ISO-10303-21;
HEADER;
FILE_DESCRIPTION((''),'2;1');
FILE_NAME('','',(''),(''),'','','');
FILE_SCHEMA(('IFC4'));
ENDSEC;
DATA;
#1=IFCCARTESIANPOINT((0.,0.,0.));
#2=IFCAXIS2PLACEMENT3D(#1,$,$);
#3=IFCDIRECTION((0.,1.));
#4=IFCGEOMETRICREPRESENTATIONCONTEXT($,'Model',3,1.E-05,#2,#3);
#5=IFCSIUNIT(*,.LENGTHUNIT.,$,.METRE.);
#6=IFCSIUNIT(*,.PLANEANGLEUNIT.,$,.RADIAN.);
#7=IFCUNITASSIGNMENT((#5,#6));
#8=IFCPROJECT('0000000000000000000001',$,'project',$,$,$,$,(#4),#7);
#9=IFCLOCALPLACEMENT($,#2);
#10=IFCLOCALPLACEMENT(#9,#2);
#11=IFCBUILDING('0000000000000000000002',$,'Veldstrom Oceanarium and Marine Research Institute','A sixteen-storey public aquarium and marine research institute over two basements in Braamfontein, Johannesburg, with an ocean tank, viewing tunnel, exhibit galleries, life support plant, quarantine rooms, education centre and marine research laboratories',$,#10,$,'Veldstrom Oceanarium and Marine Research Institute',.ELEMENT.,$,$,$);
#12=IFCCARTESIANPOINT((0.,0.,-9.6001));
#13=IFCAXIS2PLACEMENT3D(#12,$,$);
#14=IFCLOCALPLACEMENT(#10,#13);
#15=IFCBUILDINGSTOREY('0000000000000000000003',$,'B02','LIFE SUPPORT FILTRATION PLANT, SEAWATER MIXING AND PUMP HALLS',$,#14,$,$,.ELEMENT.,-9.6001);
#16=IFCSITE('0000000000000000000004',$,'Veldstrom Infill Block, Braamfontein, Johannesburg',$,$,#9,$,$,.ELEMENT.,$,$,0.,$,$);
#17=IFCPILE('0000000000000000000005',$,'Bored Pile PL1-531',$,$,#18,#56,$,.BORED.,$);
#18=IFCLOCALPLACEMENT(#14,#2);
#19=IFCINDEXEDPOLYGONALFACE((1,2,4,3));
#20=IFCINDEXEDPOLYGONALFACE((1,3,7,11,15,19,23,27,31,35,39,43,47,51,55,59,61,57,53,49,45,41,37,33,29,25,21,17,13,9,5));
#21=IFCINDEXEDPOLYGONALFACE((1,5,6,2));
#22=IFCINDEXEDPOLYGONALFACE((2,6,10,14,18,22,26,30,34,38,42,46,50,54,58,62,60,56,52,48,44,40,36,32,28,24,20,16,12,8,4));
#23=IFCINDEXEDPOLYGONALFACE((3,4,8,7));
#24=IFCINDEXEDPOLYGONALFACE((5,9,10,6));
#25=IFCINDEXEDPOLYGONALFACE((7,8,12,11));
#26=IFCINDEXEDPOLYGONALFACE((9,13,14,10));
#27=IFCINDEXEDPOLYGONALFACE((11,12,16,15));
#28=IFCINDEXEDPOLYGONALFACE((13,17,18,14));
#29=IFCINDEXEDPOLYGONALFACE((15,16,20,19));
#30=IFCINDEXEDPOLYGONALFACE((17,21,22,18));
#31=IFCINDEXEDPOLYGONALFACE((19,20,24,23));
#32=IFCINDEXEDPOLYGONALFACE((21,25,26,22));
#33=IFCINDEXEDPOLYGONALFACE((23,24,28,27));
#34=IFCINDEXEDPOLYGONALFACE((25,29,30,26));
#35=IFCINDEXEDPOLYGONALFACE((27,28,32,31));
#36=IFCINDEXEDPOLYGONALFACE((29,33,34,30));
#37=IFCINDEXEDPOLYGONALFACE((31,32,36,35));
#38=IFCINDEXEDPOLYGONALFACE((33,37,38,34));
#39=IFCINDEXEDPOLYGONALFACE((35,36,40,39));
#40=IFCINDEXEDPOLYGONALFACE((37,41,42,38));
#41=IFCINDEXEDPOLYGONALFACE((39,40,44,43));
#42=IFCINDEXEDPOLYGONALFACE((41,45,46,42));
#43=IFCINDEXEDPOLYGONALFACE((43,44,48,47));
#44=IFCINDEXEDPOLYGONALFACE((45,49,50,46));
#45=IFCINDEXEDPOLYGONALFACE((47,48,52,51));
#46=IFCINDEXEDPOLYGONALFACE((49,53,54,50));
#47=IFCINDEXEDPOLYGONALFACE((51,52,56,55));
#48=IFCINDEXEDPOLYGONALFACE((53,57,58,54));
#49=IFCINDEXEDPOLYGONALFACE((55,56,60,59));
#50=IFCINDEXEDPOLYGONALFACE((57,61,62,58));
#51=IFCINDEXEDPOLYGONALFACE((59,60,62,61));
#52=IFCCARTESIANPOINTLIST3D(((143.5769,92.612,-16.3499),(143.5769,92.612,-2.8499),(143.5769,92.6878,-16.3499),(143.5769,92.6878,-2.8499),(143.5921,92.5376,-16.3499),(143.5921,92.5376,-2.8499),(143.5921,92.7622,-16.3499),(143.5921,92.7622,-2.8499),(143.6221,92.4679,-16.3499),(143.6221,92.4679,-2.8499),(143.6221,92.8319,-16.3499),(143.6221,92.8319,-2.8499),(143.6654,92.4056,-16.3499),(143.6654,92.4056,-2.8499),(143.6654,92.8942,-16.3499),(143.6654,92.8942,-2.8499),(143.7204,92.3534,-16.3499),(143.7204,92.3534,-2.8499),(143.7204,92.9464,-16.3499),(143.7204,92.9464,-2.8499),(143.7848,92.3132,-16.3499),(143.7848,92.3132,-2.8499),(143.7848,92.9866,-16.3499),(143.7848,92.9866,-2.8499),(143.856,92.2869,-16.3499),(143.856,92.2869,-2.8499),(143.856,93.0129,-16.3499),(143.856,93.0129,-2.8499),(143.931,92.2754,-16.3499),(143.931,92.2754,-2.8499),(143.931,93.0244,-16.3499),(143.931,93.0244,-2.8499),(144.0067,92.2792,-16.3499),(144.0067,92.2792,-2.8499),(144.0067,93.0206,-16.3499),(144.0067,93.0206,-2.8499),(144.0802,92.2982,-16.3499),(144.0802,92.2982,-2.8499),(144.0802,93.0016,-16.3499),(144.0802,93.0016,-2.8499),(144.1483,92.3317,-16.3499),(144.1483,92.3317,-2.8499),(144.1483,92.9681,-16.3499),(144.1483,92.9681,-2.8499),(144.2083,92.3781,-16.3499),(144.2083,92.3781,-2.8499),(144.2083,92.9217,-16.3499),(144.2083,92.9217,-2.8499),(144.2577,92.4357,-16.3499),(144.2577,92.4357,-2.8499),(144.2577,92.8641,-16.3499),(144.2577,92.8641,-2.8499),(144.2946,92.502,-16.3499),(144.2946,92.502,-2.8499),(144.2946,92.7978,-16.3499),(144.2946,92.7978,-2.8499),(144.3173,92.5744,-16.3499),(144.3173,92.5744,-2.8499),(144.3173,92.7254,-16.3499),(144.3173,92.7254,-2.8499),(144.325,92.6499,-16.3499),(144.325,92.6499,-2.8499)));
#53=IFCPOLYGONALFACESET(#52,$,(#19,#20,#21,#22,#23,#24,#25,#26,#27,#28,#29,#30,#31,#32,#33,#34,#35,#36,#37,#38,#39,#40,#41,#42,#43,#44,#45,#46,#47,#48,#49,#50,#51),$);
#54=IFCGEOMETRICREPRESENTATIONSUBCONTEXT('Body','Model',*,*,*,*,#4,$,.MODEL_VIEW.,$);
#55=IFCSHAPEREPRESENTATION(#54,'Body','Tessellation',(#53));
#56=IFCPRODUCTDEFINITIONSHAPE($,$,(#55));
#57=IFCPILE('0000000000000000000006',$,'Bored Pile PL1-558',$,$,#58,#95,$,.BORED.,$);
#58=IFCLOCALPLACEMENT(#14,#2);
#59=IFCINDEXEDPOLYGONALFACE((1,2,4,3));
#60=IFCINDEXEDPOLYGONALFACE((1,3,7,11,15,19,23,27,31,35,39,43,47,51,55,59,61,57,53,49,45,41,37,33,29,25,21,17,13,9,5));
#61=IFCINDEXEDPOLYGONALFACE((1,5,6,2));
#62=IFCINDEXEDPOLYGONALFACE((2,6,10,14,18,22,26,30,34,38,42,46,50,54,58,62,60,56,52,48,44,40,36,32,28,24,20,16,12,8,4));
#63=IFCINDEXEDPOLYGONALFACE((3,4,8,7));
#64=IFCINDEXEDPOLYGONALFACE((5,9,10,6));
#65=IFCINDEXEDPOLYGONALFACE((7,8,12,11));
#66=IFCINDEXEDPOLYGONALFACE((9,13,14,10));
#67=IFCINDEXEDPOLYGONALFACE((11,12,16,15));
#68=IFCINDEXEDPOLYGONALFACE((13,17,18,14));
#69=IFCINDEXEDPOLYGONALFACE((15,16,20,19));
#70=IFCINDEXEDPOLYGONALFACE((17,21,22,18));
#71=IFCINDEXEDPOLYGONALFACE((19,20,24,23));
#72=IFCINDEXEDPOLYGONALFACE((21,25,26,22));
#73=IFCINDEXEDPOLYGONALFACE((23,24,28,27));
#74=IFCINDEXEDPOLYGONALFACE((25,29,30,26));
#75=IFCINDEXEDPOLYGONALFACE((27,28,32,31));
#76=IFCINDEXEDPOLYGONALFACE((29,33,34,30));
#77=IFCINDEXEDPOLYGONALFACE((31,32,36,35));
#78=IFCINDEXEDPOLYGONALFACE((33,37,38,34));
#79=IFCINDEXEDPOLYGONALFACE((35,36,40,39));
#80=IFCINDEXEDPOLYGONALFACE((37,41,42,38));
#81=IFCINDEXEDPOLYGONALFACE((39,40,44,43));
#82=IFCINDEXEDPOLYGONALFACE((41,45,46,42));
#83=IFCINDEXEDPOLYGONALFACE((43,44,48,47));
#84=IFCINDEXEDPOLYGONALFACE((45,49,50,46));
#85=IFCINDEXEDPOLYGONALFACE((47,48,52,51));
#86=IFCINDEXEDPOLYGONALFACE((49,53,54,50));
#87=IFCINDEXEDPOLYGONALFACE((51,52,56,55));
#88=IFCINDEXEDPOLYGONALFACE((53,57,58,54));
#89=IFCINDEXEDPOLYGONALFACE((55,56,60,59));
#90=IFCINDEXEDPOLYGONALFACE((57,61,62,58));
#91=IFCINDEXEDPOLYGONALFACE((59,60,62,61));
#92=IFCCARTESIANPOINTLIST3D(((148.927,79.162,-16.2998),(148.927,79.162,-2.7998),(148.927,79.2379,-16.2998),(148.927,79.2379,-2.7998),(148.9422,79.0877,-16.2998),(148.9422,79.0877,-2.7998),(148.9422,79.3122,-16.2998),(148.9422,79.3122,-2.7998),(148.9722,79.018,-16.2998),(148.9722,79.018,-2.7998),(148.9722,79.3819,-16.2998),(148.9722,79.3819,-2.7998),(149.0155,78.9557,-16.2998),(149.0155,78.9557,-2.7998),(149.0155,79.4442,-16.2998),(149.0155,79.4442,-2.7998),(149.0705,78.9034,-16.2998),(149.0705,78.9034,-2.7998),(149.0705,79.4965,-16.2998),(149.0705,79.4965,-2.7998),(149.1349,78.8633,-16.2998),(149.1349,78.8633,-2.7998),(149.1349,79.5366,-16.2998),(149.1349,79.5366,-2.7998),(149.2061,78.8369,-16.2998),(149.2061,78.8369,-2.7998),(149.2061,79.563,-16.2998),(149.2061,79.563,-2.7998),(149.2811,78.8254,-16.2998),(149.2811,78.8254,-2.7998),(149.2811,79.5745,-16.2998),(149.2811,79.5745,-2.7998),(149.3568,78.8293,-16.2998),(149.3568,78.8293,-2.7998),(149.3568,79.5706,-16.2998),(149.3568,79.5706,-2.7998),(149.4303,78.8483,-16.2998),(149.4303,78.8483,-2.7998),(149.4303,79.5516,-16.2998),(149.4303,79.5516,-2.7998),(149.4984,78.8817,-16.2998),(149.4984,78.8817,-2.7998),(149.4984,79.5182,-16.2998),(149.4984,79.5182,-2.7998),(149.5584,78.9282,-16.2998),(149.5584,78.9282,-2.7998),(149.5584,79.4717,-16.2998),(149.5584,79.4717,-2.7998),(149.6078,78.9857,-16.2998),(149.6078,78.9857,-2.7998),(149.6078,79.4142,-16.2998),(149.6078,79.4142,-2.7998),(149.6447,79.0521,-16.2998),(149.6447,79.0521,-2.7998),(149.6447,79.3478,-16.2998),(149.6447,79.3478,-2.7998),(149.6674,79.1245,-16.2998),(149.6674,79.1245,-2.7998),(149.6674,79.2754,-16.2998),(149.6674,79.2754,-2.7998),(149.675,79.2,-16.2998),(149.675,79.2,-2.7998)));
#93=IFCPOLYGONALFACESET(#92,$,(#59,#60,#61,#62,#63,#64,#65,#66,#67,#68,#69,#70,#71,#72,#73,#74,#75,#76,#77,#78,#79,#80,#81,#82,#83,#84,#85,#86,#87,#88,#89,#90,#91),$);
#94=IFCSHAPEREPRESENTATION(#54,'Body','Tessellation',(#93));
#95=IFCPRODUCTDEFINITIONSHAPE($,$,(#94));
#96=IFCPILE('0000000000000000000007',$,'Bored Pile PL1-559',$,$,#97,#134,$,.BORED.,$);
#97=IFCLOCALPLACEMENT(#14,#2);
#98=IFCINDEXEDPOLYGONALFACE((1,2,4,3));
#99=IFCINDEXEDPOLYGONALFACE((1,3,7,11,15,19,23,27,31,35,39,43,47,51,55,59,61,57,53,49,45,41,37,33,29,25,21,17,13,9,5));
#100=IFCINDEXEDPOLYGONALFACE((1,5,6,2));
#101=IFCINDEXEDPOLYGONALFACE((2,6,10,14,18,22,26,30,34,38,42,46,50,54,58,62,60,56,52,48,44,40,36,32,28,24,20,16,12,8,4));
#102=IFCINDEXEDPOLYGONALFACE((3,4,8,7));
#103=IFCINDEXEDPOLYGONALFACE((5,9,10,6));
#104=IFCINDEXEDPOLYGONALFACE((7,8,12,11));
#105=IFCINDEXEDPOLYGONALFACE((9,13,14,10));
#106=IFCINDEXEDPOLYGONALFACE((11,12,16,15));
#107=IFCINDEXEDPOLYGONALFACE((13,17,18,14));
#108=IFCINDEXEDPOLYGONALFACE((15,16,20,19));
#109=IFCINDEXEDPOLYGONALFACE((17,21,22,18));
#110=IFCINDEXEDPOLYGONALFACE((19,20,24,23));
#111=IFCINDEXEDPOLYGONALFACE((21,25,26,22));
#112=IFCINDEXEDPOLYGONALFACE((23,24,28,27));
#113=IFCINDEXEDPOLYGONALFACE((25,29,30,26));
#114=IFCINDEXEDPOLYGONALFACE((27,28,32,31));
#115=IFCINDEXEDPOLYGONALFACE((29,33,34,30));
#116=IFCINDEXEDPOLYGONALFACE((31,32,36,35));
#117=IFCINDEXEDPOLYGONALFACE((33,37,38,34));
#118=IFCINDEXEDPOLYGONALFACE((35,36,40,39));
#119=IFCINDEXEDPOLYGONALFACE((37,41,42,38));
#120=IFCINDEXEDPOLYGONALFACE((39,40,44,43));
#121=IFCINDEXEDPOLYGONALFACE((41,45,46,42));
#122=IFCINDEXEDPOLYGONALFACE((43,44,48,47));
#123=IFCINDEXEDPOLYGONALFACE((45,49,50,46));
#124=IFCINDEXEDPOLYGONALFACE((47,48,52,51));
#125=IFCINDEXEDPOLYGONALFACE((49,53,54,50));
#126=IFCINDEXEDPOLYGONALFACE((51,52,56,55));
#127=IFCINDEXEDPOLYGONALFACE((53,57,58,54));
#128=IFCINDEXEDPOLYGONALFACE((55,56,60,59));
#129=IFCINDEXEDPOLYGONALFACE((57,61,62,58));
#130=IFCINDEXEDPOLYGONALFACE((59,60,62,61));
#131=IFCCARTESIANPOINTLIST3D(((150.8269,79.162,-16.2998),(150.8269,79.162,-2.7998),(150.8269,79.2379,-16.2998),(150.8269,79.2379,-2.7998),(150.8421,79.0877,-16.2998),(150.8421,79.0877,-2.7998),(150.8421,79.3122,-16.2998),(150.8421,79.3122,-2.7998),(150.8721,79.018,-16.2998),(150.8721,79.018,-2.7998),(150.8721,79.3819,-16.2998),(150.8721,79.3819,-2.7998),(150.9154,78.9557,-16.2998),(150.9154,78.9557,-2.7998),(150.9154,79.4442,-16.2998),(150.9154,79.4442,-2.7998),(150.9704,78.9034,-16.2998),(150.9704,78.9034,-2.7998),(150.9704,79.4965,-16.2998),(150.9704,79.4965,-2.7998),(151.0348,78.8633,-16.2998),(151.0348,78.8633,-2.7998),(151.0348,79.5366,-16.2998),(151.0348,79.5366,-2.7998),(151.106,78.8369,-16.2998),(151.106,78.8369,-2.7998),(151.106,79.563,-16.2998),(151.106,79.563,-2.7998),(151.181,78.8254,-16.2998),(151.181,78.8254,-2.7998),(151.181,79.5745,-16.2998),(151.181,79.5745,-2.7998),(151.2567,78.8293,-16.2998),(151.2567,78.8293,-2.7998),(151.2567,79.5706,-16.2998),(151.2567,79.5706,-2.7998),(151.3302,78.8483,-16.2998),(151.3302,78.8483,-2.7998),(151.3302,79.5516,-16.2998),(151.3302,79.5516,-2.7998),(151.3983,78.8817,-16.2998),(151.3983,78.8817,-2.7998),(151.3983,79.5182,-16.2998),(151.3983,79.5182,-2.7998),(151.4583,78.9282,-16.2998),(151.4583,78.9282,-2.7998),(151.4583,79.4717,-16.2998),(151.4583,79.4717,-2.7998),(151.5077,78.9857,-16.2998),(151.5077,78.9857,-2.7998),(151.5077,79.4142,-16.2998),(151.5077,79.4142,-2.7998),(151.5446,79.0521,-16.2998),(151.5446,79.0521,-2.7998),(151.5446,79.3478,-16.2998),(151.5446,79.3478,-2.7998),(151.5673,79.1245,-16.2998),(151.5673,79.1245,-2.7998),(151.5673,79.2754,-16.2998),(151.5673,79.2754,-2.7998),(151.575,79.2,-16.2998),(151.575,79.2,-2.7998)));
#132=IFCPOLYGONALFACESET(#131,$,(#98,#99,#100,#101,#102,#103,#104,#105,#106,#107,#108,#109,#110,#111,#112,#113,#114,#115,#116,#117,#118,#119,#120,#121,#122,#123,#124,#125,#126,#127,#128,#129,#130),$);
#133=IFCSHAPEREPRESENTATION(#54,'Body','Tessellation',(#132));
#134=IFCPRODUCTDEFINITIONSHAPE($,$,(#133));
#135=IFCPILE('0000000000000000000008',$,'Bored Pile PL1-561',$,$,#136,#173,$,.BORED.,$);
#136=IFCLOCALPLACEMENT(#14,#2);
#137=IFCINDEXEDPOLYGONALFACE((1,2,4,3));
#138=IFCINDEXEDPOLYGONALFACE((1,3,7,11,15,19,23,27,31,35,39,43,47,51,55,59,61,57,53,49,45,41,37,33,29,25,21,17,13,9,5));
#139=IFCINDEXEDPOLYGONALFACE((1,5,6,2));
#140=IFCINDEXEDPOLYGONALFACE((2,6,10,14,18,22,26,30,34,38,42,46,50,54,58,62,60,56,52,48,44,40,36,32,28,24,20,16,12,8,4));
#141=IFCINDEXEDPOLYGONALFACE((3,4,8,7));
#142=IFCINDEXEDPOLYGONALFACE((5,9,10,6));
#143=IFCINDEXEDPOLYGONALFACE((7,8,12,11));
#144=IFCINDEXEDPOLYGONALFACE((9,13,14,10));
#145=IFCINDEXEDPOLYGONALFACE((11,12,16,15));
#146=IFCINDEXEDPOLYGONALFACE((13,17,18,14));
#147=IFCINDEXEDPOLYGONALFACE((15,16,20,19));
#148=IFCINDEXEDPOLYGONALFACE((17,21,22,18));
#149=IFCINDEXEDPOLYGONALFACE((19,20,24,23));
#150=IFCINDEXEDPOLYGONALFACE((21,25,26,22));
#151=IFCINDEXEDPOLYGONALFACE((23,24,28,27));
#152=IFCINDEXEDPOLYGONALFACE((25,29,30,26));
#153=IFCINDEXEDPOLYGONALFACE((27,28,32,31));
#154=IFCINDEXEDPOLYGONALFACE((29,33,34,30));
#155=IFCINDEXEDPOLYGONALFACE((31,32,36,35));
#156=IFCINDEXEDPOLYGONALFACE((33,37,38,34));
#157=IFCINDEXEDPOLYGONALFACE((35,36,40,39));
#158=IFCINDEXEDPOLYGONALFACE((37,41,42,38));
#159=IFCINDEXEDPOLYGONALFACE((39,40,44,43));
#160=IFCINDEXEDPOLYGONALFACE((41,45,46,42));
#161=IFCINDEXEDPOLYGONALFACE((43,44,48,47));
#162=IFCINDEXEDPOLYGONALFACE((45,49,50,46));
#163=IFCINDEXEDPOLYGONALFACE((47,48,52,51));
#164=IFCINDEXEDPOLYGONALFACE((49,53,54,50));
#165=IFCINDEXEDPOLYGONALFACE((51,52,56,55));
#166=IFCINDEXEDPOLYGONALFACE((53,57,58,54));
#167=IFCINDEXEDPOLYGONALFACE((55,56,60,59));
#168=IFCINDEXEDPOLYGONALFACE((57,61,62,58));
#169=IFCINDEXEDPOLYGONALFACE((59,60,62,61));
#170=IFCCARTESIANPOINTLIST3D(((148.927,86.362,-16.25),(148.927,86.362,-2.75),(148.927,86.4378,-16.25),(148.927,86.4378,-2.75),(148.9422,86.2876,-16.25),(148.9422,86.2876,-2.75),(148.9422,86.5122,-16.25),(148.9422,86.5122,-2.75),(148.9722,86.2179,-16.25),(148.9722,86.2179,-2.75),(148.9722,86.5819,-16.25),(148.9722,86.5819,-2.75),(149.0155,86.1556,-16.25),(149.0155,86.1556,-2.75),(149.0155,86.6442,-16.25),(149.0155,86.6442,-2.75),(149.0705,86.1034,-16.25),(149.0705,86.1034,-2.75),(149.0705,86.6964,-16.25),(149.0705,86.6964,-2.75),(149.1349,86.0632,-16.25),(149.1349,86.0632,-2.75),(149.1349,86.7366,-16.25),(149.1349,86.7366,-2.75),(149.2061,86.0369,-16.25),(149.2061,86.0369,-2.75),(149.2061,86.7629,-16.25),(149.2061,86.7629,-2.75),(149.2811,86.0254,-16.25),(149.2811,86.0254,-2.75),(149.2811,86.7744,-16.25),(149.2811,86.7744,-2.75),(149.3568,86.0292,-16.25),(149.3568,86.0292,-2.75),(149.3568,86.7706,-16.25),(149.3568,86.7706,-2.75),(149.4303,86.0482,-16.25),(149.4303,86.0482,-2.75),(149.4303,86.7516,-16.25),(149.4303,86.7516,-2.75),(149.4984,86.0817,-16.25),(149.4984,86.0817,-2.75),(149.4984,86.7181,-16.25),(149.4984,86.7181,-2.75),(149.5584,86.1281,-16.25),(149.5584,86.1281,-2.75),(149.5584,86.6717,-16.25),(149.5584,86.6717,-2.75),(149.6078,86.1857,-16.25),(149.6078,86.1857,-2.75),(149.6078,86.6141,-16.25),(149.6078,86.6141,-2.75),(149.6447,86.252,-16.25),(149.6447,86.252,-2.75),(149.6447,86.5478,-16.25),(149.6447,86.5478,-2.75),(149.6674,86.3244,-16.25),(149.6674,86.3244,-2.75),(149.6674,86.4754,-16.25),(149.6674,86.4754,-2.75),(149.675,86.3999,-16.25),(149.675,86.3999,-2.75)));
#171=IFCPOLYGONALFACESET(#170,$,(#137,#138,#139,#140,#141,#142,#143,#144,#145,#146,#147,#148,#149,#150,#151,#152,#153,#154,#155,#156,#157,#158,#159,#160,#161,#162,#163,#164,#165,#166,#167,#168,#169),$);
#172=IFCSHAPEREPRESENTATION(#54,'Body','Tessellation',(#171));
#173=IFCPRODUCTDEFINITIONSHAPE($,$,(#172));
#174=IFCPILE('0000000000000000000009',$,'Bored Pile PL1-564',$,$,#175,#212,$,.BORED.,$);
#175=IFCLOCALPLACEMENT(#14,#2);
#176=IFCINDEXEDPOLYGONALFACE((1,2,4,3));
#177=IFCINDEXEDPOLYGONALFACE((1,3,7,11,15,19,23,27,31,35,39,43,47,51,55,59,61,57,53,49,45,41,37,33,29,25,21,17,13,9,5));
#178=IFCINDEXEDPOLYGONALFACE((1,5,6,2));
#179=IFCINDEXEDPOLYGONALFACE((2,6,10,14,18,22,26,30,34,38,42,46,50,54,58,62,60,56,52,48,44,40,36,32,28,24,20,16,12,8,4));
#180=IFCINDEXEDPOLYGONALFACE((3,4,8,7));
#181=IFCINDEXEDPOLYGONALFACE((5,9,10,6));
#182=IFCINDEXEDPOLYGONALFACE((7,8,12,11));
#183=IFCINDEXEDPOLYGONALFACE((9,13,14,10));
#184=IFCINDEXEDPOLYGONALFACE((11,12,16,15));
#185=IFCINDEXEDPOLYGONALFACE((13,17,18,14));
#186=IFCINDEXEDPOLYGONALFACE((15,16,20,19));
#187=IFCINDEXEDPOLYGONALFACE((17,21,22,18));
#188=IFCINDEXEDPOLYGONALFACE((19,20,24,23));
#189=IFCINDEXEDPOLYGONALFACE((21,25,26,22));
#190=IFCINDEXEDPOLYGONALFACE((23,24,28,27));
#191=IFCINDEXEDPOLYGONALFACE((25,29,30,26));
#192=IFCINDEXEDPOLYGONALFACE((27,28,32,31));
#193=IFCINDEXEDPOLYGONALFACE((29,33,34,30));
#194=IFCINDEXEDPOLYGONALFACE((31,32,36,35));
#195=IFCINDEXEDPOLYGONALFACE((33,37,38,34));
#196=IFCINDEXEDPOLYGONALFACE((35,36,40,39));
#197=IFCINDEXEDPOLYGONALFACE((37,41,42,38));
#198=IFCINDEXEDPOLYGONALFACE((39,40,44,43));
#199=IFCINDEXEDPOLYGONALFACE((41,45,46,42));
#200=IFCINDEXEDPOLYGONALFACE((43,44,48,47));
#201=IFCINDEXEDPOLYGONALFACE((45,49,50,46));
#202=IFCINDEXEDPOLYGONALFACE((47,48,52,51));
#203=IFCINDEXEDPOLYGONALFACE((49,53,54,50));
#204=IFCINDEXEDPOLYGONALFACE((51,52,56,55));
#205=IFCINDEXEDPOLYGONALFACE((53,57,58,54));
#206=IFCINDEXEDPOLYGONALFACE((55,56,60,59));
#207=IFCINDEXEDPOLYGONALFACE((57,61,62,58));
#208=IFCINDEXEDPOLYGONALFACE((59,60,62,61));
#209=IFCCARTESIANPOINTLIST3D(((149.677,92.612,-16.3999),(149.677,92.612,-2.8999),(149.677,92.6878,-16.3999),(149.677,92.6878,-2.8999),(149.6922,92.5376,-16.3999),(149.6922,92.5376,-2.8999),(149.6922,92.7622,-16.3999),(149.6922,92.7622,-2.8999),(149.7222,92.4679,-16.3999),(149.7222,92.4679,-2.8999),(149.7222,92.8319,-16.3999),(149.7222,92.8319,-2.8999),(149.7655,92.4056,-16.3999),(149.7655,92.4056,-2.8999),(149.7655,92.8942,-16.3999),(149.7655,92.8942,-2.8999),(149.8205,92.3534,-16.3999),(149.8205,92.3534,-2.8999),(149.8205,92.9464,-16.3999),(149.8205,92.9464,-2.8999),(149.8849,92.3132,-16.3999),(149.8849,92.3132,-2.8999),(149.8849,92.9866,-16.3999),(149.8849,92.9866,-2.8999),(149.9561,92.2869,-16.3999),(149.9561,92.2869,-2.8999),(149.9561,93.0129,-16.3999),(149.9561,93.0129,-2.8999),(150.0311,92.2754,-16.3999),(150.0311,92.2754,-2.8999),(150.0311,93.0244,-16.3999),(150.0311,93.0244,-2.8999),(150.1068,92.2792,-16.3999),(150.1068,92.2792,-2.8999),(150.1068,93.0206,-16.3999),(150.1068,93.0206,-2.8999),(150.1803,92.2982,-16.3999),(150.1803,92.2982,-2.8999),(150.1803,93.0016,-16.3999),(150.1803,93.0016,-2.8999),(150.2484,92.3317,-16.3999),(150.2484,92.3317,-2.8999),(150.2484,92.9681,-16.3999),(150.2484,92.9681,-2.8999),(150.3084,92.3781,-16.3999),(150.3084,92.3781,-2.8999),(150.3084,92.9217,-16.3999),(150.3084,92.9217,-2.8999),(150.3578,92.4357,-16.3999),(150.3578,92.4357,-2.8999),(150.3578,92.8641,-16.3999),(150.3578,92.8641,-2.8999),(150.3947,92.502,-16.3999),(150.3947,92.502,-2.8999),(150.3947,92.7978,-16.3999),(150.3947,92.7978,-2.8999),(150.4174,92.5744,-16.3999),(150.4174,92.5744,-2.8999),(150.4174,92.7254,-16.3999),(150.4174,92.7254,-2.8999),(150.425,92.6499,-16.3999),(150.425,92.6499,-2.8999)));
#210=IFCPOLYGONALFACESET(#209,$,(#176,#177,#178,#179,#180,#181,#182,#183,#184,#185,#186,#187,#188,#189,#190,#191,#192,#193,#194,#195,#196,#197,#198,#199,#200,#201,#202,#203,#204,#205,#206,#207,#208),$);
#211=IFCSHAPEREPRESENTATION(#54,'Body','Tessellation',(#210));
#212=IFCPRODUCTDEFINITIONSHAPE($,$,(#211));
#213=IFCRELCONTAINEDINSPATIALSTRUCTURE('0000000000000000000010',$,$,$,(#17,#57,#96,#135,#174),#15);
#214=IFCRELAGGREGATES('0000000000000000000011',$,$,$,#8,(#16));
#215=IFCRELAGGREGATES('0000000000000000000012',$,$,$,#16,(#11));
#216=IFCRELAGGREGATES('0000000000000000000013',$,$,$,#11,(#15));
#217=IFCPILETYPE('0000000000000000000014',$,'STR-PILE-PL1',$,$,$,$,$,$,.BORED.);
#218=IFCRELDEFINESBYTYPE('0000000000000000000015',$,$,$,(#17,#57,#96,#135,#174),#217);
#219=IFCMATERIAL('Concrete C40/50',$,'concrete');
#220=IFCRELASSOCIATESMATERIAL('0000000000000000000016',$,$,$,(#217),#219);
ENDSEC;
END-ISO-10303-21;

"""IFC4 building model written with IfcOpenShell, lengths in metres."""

from ifc_helpers import new_model, si_unit, direction, frame, origin, origin_2d, place, context, subcontext, project, spatial, circle, extrude, material, material_profile, profile_set, type_object, element, save


model = new_model("IFC4")

# Units and contexts
model_context = context("Model", 3, precision=1e-05, world=origin(), true_north=direction((0.0, 1.0)))
body_context = subcontext(model_context, "Body", "Model", "MODEL_VIEW")
ifc_project = project(units=[si_unit("LENGTHUNIT", "METRE"), si_unit("PLANEANGLEUNIT", "RADIAN")], contexts=[model_context])

# Site, building, storey
site_placement = place(None, origin())
site = spatial("IfcSite", under=ifc_project, at=site_placement, Name="Veldstrom Infill Block, Braamfontein, Johannesburg", CompositionType="ELEMENT", RefElevation=0.0)
building_placement = place(site_placement, origin())
building = spatial("IfcBuilding", under=site, at=building_placement, Name="Veldstrom Oceanarium and Marine Research Institute", Description="A sixteen-storey public aquarium and marine research institute over two basements in Braamfontein, Johannesburg, with an ocean tank, viewing tunnel, exhibit galleries, life support plant, quarantine rooms, education centre and marine research laboratories", LongName="Veldstrom Oceanarium and Marine Research Institute", CompositionType="ELEMENT")
storey_placement = place(building_placement, frame((0.0, 0.0, -9.6001)))
storey = spatial("IfcBuildingStorey", under=building, at=storey_placement, Name="B02", Description="LIFE SUPPORT FILTRATION PLANT, SEAWATER MIXING AND PUMP HALLS", CompositionType="ELEMENT", Elevation=-9.6001)

# Piles
ifc_material_1 = material(Name="Concrete C40/50", Category="concrete")
ifc_material_profile_1 = material_profile(ifc_material_1, circle(Radius=0.375, at=origin_2d()), Name="PILE-D750")
ifc_profile_set_1 = profile_set([ifc_material_profile_1], Name="Concrete C40/50")
pile_type = type_object("IfcPileType", Name="STR-PILE-PL1", PredefinedType="BORED", material=ifc_profile_set_1)
for number, where, z_axis, x_axis, name in (
    (1, (143.95, 92.6499, -2.8499), (0.0, 0.0, -1.0), (1.0, 0.0, 0.0), "Bored Pile PL1-531"),
    (2, (149.3, 79.2, -2.7998), (0.0, 0.0, -1.0), (1.0, 0.0, 0.0), "Bored Pile PL1-558"),
    (3, (151.2, 79.2, -2.7998), (0.0, 0.0, -1.0), (1.0, 0.0, 0.0), "Bored Pile PL1-559"),
    (4, (149.3, 86.3999, -2.75), (0.0, 0.0, -1.0), (1.0, 0.0, 0.0), "Bored Pile PL1-561"),
    (5, (150.05, 92.6499, -2.8999), (0.0, 0.0, -1.0), (1.0, 0.0, 0.0), "Bored Pile PL1-564"),
):
    element("IfcPile", number, at=place(storey_placement, frame(where, z_axis=z_axis, x_axis=x_axis)), inside=storey, type_object=pile_type, Name=name, PredefinedType="BORED", context=body_context, shape_type="SweptSolid", body=[
        extrude(circle(Radius=0.375, at=origin_2d()), origin(), (0.0, 0.0, 1.0), 13.5),
    ])

save(model, "model.ifc")
